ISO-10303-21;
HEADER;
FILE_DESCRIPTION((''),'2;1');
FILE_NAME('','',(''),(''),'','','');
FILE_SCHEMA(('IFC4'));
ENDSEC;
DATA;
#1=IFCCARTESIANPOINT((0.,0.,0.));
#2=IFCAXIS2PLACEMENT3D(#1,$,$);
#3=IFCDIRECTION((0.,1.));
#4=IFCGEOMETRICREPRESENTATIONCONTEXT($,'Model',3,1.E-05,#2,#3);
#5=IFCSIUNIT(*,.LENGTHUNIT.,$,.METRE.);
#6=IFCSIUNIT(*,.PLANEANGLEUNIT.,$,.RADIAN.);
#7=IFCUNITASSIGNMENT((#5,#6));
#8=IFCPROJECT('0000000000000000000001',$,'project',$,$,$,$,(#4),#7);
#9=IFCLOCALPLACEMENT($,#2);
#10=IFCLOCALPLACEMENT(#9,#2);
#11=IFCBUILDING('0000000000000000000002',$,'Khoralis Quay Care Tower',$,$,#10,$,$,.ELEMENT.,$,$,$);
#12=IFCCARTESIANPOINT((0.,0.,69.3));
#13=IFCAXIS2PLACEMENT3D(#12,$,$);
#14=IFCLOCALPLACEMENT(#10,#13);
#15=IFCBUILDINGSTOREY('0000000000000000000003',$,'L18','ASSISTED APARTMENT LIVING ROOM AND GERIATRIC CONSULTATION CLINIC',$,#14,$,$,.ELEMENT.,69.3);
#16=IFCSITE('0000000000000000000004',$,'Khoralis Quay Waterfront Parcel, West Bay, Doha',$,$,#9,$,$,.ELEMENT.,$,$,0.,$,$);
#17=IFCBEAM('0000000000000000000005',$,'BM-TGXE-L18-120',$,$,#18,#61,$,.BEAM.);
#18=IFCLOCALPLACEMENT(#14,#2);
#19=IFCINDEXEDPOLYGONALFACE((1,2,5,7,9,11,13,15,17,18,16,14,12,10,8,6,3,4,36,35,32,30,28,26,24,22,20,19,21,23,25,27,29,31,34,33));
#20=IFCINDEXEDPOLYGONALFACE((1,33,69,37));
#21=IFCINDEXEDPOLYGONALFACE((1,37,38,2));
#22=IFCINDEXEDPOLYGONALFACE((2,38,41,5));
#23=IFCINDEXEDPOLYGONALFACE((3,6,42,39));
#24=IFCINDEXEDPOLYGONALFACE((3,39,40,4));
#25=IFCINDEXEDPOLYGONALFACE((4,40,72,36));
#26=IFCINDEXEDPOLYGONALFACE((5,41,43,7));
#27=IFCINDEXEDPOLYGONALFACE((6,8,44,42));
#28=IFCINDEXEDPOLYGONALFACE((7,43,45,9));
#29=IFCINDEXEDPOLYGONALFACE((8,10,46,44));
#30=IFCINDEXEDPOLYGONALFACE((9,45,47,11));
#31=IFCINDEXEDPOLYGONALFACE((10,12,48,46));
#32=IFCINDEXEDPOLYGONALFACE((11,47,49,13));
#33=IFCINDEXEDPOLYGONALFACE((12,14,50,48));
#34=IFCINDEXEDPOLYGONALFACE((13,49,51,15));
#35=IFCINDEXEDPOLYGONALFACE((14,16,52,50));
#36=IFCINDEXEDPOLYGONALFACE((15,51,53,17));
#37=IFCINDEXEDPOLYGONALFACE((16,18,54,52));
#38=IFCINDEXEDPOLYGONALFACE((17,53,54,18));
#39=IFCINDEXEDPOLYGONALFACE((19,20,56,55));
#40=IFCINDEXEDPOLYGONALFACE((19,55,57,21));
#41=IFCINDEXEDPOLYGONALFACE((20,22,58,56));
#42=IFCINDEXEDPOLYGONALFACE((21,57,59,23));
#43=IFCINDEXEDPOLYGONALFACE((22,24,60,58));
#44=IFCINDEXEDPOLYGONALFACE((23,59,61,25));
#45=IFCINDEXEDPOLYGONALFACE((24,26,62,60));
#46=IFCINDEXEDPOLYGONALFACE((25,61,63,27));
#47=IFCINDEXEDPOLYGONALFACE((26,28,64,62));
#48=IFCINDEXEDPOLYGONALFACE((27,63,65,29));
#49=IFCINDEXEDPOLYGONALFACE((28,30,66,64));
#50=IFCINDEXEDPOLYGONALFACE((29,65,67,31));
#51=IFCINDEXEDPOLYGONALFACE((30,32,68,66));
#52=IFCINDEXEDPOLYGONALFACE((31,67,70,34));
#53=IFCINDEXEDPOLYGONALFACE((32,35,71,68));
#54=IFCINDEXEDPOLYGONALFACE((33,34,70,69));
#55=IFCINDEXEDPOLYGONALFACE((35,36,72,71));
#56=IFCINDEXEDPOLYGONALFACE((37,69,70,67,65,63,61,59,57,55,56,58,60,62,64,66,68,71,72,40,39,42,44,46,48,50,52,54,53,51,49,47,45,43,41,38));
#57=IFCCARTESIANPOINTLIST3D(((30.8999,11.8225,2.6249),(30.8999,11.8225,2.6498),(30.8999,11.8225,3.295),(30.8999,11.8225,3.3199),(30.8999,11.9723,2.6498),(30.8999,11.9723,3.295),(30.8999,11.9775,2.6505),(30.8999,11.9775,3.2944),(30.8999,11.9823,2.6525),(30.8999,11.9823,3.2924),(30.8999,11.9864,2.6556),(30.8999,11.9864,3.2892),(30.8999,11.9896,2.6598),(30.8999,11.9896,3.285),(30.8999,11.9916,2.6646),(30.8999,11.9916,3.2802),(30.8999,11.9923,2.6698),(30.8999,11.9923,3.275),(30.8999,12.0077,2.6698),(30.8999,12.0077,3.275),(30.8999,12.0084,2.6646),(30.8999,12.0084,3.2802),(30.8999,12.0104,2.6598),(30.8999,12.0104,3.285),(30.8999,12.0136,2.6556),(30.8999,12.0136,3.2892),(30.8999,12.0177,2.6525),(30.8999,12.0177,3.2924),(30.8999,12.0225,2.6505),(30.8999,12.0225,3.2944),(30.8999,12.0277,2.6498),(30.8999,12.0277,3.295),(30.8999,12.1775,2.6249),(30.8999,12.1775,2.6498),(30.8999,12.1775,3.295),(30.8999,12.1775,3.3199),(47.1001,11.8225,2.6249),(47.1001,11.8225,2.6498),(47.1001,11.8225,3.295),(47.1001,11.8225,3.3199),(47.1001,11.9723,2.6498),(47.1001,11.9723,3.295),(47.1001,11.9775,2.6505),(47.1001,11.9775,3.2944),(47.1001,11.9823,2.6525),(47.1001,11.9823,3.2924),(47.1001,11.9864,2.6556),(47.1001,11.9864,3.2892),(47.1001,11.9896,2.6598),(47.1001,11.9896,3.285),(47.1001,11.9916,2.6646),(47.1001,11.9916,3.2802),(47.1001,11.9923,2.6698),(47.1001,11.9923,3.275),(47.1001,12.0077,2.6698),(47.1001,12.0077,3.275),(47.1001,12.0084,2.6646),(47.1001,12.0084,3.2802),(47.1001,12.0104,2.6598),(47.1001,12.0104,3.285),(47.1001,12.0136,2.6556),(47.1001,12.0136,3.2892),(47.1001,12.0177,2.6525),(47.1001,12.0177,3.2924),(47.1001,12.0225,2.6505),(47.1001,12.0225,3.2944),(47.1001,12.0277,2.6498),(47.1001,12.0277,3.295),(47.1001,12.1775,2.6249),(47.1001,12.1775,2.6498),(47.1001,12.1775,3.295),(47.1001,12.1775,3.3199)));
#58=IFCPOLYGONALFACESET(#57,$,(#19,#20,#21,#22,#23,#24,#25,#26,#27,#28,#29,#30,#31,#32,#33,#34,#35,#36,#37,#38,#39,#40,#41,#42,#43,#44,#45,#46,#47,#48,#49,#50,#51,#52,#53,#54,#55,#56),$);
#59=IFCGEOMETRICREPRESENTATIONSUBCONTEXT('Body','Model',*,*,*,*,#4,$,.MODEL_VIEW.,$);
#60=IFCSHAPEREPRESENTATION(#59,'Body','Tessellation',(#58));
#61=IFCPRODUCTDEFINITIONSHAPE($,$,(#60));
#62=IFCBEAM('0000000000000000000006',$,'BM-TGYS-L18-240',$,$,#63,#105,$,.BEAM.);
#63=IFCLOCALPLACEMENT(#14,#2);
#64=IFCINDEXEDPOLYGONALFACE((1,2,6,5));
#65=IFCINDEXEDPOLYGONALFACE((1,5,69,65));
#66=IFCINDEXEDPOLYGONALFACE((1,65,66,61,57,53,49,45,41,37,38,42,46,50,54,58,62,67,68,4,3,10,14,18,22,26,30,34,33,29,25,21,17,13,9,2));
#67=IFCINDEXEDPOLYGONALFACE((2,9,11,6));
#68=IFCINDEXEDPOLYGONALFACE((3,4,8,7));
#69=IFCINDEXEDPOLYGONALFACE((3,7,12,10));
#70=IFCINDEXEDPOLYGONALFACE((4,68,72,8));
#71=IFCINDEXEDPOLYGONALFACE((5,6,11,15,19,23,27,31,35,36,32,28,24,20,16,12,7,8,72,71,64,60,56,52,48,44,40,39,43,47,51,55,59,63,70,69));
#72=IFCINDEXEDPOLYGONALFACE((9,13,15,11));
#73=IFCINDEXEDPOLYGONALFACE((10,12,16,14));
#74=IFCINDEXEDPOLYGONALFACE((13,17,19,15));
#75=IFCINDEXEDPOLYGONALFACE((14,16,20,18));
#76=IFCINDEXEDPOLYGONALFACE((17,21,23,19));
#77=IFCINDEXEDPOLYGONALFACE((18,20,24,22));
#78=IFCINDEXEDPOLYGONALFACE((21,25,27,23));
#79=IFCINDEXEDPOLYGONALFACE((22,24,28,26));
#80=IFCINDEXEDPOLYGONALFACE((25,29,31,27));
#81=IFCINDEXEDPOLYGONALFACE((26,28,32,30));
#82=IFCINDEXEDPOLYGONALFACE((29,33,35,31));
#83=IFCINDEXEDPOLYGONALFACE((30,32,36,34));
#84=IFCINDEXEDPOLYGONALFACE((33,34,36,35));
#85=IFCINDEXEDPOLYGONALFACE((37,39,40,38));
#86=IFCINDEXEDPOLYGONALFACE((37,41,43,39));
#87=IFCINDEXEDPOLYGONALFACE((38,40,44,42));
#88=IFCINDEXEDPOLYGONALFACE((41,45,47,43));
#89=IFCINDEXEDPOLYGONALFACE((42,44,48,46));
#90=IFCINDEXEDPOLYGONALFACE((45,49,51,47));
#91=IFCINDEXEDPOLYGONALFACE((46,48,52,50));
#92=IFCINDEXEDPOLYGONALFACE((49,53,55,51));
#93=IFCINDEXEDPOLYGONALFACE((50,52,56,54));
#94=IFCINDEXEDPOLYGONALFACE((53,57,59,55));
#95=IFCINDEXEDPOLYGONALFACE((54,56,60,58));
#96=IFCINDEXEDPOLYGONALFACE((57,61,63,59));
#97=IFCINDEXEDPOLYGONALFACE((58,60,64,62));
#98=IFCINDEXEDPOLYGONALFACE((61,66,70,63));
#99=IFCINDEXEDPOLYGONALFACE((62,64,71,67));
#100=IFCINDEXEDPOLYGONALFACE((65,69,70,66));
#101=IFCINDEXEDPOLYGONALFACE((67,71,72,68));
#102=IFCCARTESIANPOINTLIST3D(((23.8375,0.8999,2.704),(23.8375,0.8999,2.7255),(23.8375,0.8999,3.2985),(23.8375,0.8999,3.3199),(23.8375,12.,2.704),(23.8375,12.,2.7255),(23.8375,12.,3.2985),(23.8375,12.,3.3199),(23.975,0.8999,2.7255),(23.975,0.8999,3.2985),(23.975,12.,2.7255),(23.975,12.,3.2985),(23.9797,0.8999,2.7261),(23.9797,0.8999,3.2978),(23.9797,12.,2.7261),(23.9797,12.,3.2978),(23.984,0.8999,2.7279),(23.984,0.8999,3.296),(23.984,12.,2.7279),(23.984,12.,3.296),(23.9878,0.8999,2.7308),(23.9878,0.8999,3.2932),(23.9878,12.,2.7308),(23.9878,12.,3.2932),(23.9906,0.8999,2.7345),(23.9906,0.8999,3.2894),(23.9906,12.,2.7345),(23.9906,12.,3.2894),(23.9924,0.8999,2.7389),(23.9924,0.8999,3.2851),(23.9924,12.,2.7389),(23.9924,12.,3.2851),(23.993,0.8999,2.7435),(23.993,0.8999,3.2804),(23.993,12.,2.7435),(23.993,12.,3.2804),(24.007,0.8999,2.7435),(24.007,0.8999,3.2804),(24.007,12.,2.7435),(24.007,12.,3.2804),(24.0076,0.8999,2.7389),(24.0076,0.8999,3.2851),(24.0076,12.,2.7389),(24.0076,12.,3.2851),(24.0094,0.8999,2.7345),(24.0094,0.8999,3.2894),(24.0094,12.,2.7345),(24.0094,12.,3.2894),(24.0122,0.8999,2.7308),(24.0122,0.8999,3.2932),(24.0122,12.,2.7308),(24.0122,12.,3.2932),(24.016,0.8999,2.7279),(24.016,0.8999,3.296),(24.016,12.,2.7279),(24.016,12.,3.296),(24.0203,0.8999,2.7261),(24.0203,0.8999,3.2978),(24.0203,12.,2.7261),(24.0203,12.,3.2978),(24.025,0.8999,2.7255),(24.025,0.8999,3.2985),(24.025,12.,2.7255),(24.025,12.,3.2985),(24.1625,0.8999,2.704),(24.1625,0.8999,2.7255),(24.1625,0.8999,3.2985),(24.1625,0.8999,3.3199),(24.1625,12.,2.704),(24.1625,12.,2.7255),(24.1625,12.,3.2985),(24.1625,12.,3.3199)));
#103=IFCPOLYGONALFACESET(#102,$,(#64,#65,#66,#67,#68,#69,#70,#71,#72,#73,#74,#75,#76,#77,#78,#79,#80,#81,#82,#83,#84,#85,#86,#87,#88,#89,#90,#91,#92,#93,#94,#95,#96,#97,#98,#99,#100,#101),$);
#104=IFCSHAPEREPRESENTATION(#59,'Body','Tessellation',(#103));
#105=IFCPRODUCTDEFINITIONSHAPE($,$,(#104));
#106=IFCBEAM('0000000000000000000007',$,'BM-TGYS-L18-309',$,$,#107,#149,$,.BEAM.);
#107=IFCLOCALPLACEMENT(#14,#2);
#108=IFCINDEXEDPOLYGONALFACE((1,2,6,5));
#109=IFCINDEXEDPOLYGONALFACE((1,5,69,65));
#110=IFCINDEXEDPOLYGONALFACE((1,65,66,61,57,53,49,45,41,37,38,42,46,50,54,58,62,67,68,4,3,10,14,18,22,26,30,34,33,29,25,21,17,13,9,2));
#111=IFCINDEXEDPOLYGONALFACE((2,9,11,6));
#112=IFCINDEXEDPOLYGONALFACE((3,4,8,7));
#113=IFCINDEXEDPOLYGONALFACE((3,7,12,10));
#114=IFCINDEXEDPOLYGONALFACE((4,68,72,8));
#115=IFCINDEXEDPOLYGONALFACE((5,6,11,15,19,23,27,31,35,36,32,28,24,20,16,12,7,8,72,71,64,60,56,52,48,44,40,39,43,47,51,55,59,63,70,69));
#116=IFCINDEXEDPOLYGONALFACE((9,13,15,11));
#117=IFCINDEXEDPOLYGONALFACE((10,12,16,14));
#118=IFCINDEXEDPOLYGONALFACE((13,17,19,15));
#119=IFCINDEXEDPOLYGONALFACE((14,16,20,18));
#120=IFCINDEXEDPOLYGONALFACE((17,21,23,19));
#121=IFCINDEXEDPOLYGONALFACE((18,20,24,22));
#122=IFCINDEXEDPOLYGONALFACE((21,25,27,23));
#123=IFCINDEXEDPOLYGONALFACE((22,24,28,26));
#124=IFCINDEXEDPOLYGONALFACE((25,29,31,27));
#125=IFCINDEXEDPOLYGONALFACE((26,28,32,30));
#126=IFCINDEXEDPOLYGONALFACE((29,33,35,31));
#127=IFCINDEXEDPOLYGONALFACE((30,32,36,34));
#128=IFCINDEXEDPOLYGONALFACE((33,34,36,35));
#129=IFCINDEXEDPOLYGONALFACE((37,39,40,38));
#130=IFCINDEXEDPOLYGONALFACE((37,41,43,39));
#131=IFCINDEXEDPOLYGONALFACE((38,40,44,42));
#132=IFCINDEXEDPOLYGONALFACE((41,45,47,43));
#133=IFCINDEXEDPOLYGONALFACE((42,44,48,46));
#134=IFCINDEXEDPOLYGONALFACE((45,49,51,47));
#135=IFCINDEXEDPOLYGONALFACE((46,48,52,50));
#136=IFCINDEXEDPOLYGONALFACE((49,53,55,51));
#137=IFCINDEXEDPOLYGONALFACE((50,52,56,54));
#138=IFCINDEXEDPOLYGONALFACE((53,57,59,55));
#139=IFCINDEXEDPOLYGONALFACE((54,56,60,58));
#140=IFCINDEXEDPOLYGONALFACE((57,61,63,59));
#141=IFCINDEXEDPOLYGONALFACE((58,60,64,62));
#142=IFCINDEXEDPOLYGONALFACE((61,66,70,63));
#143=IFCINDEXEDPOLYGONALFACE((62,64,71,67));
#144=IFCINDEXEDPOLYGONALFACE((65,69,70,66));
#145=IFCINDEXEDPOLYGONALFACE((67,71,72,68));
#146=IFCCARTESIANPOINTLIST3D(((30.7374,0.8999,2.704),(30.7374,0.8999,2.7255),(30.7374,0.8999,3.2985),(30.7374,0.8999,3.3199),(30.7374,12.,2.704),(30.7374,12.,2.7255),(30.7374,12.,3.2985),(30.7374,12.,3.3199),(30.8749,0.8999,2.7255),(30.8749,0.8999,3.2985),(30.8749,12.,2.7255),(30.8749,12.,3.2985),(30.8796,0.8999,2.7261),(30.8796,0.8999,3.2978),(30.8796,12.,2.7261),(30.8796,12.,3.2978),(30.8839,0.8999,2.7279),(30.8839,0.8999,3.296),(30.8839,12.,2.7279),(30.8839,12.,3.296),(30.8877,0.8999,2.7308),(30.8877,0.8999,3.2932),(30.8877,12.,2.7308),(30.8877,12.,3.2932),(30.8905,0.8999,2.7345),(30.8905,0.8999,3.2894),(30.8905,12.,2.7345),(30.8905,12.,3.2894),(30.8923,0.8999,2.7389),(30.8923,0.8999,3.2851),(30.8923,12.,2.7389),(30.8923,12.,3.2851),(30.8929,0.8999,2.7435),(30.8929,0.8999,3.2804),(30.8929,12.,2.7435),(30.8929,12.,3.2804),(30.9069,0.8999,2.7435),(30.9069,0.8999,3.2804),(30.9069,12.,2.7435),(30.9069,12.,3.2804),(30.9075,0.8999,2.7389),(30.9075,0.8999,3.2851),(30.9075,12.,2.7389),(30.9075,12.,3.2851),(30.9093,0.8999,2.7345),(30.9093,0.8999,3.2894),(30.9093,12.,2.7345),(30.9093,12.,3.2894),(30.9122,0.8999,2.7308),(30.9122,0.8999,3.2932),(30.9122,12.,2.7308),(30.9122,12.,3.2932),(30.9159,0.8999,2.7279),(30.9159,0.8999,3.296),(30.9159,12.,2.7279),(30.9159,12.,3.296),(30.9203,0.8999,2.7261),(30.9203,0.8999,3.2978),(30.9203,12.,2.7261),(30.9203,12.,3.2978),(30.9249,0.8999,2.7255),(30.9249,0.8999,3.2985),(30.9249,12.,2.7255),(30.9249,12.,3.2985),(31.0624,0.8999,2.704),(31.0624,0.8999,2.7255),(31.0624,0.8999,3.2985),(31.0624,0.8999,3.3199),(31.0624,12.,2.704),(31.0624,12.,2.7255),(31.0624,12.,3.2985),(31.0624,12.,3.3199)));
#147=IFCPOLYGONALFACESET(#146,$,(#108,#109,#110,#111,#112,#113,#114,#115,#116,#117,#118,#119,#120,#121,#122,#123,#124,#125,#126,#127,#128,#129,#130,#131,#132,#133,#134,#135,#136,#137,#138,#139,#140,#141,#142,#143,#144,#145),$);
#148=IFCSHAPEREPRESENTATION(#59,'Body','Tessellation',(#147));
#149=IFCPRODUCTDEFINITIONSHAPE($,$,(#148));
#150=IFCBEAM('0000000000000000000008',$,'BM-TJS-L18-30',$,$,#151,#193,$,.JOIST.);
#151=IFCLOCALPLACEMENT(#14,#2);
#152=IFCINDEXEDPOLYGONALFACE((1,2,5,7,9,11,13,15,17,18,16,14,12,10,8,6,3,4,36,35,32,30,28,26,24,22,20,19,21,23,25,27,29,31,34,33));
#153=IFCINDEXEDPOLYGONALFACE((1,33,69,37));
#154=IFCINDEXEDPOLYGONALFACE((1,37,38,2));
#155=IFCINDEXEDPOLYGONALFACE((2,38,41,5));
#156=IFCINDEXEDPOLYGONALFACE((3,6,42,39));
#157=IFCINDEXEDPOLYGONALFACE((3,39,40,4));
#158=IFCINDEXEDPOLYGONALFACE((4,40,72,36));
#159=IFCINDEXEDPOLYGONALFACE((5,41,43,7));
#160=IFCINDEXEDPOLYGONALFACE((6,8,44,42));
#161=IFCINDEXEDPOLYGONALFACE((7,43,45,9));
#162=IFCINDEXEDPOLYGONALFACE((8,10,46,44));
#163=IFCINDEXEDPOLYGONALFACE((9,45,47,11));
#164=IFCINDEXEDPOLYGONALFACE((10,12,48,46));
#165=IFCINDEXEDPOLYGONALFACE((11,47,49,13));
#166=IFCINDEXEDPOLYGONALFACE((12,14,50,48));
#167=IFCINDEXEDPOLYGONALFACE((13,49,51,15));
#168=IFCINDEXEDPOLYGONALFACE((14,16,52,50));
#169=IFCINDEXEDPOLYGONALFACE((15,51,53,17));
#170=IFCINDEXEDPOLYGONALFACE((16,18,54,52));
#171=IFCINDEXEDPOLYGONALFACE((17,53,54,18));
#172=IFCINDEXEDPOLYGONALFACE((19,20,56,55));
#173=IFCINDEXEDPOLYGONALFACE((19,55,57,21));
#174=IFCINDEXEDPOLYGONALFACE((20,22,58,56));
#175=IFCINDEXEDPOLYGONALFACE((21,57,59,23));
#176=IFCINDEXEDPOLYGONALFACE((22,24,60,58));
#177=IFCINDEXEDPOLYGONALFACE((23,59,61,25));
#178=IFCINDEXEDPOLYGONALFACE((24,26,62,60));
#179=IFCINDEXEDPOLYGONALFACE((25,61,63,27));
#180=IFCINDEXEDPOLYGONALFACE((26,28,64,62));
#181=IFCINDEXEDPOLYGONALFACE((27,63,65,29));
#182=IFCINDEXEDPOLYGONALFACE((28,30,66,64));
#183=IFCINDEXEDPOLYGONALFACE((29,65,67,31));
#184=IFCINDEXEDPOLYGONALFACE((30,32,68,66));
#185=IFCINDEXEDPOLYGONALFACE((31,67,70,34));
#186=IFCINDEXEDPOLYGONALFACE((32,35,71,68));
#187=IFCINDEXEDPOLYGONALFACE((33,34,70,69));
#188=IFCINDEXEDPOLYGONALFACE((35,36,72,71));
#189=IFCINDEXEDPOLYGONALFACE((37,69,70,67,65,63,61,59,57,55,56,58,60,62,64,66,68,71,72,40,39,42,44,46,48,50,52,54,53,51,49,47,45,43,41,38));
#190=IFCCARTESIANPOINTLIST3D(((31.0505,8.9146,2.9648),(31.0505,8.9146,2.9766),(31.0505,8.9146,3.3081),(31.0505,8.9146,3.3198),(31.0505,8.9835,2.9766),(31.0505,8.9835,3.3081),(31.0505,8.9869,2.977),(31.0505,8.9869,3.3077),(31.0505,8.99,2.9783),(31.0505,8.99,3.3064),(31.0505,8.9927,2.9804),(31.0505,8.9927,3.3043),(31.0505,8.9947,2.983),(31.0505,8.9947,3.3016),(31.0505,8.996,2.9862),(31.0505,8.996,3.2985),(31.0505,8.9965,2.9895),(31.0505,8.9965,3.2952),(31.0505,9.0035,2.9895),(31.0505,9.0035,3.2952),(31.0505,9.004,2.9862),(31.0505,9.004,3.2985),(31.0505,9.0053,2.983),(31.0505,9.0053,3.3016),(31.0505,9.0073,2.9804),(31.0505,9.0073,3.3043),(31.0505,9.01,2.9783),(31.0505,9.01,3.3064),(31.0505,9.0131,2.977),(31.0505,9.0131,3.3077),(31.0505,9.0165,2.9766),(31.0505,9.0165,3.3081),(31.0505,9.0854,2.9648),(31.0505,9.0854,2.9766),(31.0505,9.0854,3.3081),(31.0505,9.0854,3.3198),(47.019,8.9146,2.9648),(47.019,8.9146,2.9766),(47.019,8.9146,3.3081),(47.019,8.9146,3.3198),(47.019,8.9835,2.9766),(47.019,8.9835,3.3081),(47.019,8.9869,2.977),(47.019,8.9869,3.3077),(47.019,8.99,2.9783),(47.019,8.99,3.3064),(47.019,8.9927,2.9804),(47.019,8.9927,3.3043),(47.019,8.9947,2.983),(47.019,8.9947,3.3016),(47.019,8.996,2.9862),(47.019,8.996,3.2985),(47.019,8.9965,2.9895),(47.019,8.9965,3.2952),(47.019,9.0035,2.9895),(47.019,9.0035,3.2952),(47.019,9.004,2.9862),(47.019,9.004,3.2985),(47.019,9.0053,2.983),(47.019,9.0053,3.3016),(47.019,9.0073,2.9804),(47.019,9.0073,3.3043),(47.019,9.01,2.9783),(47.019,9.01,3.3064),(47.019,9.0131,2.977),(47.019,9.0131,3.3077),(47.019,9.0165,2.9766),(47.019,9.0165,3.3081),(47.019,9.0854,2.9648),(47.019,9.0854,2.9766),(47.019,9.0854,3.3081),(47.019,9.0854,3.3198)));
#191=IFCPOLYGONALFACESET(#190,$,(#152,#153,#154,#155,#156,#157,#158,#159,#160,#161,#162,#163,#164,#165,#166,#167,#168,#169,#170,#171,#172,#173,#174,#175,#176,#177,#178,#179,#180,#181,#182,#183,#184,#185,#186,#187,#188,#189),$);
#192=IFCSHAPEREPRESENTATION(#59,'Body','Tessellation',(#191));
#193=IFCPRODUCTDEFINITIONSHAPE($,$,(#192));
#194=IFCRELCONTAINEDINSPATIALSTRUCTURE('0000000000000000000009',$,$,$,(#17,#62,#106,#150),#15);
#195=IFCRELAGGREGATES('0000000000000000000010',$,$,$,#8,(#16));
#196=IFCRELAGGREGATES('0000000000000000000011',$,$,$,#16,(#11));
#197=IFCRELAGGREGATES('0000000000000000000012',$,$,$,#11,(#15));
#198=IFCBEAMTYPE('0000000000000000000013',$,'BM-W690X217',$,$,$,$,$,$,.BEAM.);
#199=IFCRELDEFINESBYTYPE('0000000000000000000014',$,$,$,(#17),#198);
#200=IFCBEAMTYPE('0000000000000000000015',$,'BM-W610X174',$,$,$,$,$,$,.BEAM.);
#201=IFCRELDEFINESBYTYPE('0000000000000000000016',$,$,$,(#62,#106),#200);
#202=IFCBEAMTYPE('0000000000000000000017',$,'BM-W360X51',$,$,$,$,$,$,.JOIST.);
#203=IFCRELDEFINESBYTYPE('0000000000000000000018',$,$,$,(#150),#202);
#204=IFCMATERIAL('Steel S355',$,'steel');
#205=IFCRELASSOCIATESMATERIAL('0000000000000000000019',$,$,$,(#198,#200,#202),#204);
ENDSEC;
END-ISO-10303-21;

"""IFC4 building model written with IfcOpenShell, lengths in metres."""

from ifc_helpers import new_model, si_unit, direction, frame, origin, origin_2d, place, context, subcontext, project, spatial, i_section, extrude, source, transform, mapped, material, material_profile, profile_set, type_object, element, save


model = new_model("IFC4")

# Units and contexts
model_context = context("Model", 3, precision=1e-05, world=origin(), true_north=direction((0.0, 1.0)))
body_context = subcontext(model_context, "Body", "Model", "MODEL_VIEW")
ifc_project = project(units=[si_unit("LENGTHUNIT", "METRE"), si_unit("PLANEANGLEUNIT", "RADIAN")], contexts=[model_context])

# Site, building, storey
site_placement = place(None, origin())
site = spatial("IfcSite", under=ifc_project, at=site_placement, Name="Khoralis Quay Waterfront Parcel, West Bay, Doha", CompositionType="ELEMENT", RefElevation=0.0)
building_placement = place(site_placement, origin())
building = spatial("IfcBuilding", under=site, at=building_placement, Name="Khoralis Quay Care Tower", CompositionType="ELEMENT")
storey_placement = place(building_placement, frame((0.0, 0.0, 69.3)))
storey = spatial("IfcBuildingStorey", under=building, at=storey_placement, Name="L18", Description="ASSISTED APARTMENT LIVING ROOM AND GERIATRIC CONSULTATION CLINIC", CompositionType="ELEMENT", Elevation=69.3)

# Beams
ifc_material_1 = material(Name="Steel S355", Category="steel")
ifc_material_profile_1 = material_profile(ifc_material_1, i_section(OverallWidth=0.355, OverallDepth=0.6951, WebThickness=0.0154, FlangeThickness=0.0249, FilletRadius=0.02, at=origin_2d()), Name="Steel S355")
ifc_profile_set_1 = profile_set([ifc_material_profile_1], Name="Steel S355")
beam_type_1 = type_object("IfcBeamType", Name="BM-W690X217", PredefinedType="BEAM", material=ifc_profile_set_1)
shared_shape_1 = source(origin(), body_context, "Body", "SweptSolid", [
    extrude(i_section(OverallWidth=0.355, OverallDepth=0.6951, WebThickness=0.0154, FlangeThickness=0.0249, FilletRadius=0.02, at=origin_2d()), origin(), (0.0, 0.0, 1.0), 16.2002),
])
beam_1_placement = place(storey_placement, frame((30.8999, 12.0, 2.9724), z_axis=(1.0, 0.0, 0.0), x_axis=(0.0, 1.0, 0.0)))
element("IfcBeam", 1, at=beam_1_placement, inside=storey, type_object=beam_type_1, Name="BM-TGXE-L18-120", PredefinedType="BEAM", context=body_context, shape_type="MappedRepresentation", body=[
    mapped(shared_shape_1, transform((0.0, 0.0, 0.0), scale=1.0)),
])
ifc_material_profile_2 = material_profile(ifc_material_1, i_section(OverallWidth=0.325, OverallDepth=0.616, WebThickness=0.0139, FlangeThickness=0.0215, FilletRadius=0.0181, at=origin_2d()), Name="Steel S355")
ifc_profile_set_2 = profile_set([ifc_material_profile_2], Name="Steel S355")
beam_type_2 = type_object("IfcBeamType", Name="BM-W610X174", PredefinedType="BEAM", material=ifc_profile_set_2)
shared_shape_2 = source(origin(), body_context, "Body", "SweptSolid", [
    extrude(i_section(OverallWidth=0.325, OverallDepth=0.616, WebThickness=0.0139, FlangeThickness=0.0215, FilletRadius=0.0181, at=origin_2d()), origin(), (0.0, 0.0, 1.0), 11.1001),
])
for number, where, z_axis, x_axis, name in (
    (2, (24.0, 0.8999, 3.012), (0.0, 1.0, 0.0), (-1.0, 0.0, 0.0), "BM-TGYS-L18-240"),
    (3, (30.8999, 0.8999, 3.012), (0.0, 1.0, 0.0), (-1.0, 0.0, 0.0), "BM-TGYS-L18-309"),
):
    element("IfcBeam", number, at=place(storey_placement, frame(where, z_axis=z_axis, x_axis=x_axis)), inside=storey, type_object=beam_type_2, Name=name, PredefinedType="BEAM", context=body_context, shape_type="MappedRepresentation", body=[
        mapped(shared_shape_2, transform((0.0, 0.0, 0.0), scale=1.0)),
    ])
ifc_material_profile_3 = material_profile(ifc_material_1, i_section(OverallWidth=0.1709, OverallDepth=0.355, WebThickness=0.0071, FlangeThickness=0.0117, FilletRadius=0.0129, at=origin_2d()), Name="Steel S355")
ifc_profile_set_3 = profile_set([ifc_material_profile_3], Name="Steel S355")
beam_type_3 = type_object("IfcBeamType", Name="BM-W360X51", PredefinedType="JOIST", material=ifc_profile_set_3)
shared_shape_3 = source(origin(), body_context, "Body", "SweptSolid", [
    extrude(i_section(OverallWidth=0.1709, OverallDepth=0.355, WebThickness=0.0071, FlangeThickness=0.0117, FilletRadius=0.0129, at=origin_2d()), origin(), (0.0, 0.0, 1.0), 15.9685),
])
beam_2_placement = place(storey_placement, frame((31.0505, 9.0, 3.1423), z_axis=(1.0, 0.0, 0.0), x_axis=(0.0, 1.0, 0.0)))
element("IfcBeam", 4, at=beam_2_placement, inside=storey, type_object=beam_type_3, Name="BM-TJS-L18-30", PredefinedType="JOIST", context=body_context, shape_type="MappedRepresentation", body=[
    mapped(shared_shape_3, transform((0.0, 0.0, 0.0), scale=1.0)),
])

save(model, "model.ifc")
